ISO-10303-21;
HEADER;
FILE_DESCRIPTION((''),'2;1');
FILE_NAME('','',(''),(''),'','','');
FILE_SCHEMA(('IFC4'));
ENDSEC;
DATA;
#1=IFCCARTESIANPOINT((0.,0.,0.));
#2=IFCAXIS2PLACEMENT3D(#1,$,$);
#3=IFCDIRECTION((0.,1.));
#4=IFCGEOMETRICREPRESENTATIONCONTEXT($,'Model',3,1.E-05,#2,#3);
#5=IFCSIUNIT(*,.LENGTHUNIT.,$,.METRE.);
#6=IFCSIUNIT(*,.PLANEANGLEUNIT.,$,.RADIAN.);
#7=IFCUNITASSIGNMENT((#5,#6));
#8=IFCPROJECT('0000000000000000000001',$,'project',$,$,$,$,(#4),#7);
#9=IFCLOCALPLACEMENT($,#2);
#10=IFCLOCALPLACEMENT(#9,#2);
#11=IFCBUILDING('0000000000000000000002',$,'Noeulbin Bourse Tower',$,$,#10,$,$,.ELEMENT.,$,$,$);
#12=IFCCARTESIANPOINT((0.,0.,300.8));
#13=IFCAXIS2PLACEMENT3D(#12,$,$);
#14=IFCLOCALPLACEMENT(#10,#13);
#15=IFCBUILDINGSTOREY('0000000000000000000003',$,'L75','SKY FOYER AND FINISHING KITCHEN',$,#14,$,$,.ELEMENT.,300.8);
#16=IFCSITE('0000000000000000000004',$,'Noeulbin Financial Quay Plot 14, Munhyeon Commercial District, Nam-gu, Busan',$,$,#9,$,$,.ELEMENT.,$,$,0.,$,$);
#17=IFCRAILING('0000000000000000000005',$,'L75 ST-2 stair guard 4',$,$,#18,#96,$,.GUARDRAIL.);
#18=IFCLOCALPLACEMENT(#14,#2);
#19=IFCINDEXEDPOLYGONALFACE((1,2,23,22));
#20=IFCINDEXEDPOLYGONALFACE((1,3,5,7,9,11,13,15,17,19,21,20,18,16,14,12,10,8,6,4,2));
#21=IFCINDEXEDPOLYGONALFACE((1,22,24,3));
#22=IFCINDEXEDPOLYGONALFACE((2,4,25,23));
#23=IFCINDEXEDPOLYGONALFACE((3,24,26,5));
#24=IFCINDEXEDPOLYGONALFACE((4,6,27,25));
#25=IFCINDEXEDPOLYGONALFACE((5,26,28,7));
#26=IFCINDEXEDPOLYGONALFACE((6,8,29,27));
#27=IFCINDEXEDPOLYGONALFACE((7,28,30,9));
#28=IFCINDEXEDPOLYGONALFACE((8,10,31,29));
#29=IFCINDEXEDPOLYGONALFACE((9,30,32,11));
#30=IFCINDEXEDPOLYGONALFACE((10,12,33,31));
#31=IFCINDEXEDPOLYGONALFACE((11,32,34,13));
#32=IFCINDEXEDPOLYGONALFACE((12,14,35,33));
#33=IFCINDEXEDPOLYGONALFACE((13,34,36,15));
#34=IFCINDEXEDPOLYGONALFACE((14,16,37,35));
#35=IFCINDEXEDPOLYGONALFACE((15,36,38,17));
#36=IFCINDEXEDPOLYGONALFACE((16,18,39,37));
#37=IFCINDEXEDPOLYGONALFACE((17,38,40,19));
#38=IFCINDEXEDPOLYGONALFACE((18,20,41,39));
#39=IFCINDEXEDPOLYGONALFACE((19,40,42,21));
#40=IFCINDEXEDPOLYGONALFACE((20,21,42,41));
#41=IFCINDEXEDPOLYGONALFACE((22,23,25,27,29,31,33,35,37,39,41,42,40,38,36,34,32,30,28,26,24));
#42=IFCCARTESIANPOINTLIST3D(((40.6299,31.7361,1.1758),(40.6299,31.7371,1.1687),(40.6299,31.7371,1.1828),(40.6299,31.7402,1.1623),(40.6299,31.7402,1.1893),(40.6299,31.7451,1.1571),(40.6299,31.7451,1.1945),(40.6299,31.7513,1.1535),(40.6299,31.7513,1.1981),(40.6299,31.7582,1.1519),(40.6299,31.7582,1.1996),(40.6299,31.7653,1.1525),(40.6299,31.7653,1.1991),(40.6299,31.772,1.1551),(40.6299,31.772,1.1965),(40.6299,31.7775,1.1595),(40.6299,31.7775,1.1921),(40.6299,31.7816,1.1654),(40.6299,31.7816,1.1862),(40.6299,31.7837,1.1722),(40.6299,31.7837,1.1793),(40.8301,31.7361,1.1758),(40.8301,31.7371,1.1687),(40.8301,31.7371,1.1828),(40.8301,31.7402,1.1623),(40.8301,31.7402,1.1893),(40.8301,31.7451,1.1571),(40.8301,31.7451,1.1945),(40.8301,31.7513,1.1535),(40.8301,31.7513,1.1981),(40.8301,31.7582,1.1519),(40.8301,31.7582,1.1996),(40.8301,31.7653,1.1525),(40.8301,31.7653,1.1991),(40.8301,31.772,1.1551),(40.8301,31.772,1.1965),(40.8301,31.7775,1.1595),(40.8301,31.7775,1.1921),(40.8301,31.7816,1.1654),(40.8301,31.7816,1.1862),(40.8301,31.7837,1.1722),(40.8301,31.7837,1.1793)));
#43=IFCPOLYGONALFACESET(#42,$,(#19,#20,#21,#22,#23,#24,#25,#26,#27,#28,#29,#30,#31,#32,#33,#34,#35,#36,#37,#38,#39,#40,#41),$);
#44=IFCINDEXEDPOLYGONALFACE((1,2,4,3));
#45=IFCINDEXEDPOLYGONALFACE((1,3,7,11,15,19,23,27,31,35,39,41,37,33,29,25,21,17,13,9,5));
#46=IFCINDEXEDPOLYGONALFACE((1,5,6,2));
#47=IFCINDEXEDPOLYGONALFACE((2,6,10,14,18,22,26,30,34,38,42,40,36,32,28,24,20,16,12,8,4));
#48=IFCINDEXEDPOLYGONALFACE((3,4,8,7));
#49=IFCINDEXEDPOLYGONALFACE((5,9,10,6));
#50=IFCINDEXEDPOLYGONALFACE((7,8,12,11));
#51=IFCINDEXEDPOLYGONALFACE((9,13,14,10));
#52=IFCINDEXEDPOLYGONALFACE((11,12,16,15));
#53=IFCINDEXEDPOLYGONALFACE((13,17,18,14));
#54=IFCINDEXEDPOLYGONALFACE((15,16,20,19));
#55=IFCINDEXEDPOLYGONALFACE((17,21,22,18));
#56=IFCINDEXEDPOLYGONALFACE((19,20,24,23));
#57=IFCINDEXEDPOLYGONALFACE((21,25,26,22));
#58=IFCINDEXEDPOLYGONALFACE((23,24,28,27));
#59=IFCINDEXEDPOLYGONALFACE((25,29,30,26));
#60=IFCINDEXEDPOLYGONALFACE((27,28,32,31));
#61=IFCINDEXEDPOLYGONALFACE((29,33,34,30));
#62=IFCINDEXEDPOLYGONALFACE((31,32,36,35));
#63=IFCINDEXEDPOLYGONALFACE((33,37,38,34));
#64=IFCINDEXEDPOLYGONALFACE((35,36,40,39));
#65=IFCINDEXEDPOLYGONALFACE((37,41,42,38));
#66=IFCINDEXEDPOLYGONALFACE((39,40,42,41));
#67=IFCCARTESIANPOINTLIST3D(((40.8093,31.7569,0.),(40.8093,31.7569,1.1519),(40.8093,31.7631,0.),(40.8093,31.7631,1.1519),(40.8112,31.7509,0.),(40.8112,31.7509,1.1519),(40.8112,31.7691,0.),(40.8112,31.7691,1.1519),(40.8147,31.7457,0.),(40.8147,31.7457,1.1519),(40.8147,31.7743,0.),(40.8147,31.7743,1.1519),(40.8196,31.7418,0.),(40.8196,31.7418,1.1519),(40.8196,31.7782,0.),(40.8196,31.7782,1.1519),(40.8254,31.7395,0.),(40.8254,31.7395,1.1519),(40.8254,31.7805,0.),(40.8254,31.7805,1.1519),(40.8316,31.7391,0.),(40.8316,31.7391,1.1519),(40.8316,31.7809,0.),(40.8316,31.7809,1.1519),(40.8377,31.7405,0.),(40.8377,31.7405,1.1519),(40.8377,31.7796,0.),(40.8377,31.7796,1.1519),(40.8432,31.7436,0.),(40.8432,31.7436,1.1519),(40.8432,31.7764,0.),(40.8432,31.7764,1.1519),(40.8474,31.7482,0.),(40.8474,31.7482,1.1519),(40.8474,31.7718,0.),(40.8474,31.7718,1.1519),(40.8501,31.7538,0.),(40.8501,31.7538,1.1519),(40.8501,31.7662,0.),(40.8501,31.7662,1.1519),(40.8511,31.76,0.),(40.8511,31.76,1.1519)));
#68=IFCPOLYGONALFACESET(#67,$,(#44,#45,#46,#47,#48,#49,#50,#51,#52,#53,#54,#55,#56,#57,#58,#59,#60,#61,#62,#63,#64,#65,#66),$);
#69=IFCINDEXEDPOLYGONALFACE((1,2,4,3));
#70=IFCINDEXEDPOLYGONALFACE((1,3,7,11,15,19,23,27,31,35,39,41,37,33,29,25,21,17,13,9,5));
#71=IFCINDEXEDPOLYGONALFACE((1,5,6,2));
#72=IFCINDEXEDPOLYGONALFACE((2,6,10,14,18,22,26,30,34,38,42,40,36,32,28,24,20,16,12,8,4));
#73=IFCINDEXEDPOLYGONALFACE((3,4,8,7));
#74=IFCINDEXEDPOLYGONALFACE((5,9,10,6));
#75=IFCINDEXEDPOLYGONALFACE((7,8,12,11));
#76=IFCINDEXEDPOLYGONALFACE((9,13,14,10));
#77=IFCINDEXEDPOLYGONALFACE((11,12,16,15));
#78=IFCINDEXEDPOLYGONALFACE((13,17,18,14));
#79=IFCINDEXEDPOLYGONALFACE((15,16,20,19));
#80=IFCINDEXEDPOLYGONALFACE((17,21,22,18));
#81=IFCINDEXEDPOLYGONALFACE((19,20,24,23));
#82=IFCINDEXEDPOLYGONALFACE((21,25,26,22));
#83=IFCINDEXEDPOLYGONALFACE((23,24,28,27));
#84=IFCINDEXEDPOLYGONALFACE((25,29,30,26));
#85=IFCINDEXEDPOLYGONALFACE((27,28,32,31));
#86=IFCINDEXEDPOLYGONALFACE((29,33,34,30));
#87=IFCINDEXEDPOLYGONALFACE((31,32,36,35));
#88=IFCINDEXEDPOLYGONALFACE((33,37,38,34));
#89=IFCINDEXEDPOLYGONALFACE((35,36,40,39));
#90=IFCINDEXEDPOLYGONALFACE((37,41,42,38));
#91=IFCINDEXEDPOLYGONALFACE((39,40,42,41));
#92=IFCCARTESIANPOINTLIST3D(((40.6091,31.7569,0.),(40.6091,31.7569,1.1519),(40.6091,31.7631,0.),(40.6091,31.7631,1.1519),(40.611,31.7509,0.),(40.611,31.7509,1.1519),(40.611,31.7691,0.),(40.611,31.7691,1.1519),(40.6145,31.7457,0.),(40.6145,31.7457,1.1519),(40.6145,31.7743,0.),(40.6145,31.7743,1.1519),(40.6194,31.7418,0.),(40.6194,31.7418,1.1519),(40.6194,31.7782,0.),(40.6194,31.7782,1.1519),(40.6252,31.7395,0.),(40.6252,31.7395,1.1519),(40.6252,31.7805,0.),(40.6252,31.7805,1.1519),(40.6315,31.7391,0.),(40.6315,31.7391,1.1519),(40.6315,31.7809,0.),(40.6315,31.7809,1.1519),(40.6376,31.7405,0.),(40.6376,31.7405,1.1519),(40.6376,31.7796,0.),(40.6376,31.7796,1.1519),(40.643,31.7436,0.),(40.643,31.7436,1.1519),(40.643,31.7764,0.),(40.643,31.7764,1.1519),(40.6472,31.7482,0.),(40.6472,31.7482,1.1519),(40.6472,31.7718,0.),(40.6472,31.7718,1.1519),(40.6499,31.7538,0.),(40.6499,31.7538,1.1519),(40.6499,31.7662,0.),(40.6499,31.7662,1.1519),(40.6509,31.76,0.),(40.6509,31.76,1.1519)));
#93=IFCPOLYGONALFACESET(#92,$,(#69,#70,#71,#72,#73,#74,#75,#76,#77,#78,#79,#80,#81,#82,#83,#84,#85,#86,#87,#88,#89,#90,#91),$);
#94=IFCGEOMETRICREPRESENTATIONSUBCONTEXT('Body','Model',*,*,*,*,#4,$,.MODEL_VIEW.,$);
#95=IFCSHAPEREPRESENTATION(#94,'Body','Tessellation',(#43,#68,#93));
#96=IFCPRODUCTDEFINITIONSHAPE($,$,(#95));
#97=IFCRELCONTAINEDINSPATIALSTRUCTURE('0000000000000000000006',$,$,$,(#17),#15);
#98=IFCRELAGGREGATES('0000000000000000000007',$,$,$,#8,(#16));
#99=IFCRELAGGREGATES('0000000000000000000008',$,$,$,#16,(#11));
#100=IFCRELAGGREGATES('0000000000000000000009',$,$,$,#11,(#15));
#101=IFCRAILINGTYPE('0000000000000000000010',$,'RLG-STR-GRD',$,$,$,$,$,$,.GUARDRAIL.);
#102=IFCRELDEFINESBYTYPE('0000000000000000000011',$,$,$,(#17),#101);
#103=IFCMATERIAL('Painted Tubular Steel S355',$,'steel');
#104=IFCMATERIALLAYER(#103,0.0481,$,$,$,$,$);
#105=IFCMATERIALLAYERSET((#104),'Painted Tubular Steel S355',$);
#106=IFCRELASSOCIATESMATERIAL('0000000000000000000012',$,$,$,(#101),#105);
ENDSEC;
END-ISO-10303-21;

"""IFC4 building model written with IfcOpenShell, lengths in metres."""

from ifc_helpers import new_model, si_unit, direction, frame, origin, origin_2d, place, context, subcontext, project, spatial, circle, extrude, material, layer, layer_set, type_object, element, save


model = new_model("IFC4")

# Units and contexts
model_context = context("Model", 3, precision=1e-05, world=origin(), true_north=direction((0.0, 1.0)))
body_context = subcontext(model_context, "Body", "Model", "MODEL_VIEW")
ifc_project = project(units=[si_unit("LENGTHUNIT", "METRE"), si_unit("PLANEANGLEUNIT", "RADIAN")], contexts=[model_context])

# Site, building, storey
site_placement = place(None, origin())
site = spatial("IfcSite", under=ifc_project, at=site_placement, Name="Noeulbin Financial Quay Plot 14, Munhyeon Commercial District, Nam-gu, Busan", CompositionType="ELEMENT", RefElevation=0.0)
building_placement = place(site_placement, origin())
building = spatial("IfcBuilding", under=site, at=building_placement, Name="Noeulbin Bourse Tower", CompositionType="ELEMENT")
storey_placement = place(building_placement, frame((0.0, 0.0, 300.8)))
storey = spatial("IfcBuildingStorey", under=building, at=storey_placement, Name="L75", Description="SKY FOYER AND FINISHING KITCHEN", CompositionType="ELEMENT", Elevation=300.8)

# Railing
ifc_material_1 = material(Name="Painted Tubular Steel S355", Category="steel")
ifc_layer_1 = layer(ifc_material_1, 0.0481)
ifc_layer_set_1 = layer_set([ifc_layer_1], Name="Painted Tubular Steel S355")
railing_type = type_object("IfcRailingType", Name="RLG-STR-GRD", PredefinedType="GUARDRAIL", material=ifc_layer_set_1)
railing_1_placement = place(storey_placement, frame((40.8301, 31.76, 0.0)))
element("IfcRailing", 1, at=railing_1_placement, inside=storey, type_object=railing_type, Name="L75 ST-2 stair guard 4", PredefinedType="GUARDRAIL", context=body_context, shape_type="SweptSolid", body=[
    extrude(circle(Radius=0.0239, at=origin_2d()), frame((0.0, 0.0, 1.1758), z_axis=(-1.0, 0.0, 0.0), x_axis=(0.0, -1.0, 0.0)), (0.0, 0.0, 1.0), 0.2002),
    extrude(circle(Radius=0.021, at=origin_2d()), origin(), (0.0, 0.0, 1.0), 1.1519),
    extrude(circle(Radius=0.021, at=origin_2d()), frame((-0.2002, 0.0, 0.0)), (0.0, 0.0, 1.0), 1.1519),
])

save(model, "model.ifc")
